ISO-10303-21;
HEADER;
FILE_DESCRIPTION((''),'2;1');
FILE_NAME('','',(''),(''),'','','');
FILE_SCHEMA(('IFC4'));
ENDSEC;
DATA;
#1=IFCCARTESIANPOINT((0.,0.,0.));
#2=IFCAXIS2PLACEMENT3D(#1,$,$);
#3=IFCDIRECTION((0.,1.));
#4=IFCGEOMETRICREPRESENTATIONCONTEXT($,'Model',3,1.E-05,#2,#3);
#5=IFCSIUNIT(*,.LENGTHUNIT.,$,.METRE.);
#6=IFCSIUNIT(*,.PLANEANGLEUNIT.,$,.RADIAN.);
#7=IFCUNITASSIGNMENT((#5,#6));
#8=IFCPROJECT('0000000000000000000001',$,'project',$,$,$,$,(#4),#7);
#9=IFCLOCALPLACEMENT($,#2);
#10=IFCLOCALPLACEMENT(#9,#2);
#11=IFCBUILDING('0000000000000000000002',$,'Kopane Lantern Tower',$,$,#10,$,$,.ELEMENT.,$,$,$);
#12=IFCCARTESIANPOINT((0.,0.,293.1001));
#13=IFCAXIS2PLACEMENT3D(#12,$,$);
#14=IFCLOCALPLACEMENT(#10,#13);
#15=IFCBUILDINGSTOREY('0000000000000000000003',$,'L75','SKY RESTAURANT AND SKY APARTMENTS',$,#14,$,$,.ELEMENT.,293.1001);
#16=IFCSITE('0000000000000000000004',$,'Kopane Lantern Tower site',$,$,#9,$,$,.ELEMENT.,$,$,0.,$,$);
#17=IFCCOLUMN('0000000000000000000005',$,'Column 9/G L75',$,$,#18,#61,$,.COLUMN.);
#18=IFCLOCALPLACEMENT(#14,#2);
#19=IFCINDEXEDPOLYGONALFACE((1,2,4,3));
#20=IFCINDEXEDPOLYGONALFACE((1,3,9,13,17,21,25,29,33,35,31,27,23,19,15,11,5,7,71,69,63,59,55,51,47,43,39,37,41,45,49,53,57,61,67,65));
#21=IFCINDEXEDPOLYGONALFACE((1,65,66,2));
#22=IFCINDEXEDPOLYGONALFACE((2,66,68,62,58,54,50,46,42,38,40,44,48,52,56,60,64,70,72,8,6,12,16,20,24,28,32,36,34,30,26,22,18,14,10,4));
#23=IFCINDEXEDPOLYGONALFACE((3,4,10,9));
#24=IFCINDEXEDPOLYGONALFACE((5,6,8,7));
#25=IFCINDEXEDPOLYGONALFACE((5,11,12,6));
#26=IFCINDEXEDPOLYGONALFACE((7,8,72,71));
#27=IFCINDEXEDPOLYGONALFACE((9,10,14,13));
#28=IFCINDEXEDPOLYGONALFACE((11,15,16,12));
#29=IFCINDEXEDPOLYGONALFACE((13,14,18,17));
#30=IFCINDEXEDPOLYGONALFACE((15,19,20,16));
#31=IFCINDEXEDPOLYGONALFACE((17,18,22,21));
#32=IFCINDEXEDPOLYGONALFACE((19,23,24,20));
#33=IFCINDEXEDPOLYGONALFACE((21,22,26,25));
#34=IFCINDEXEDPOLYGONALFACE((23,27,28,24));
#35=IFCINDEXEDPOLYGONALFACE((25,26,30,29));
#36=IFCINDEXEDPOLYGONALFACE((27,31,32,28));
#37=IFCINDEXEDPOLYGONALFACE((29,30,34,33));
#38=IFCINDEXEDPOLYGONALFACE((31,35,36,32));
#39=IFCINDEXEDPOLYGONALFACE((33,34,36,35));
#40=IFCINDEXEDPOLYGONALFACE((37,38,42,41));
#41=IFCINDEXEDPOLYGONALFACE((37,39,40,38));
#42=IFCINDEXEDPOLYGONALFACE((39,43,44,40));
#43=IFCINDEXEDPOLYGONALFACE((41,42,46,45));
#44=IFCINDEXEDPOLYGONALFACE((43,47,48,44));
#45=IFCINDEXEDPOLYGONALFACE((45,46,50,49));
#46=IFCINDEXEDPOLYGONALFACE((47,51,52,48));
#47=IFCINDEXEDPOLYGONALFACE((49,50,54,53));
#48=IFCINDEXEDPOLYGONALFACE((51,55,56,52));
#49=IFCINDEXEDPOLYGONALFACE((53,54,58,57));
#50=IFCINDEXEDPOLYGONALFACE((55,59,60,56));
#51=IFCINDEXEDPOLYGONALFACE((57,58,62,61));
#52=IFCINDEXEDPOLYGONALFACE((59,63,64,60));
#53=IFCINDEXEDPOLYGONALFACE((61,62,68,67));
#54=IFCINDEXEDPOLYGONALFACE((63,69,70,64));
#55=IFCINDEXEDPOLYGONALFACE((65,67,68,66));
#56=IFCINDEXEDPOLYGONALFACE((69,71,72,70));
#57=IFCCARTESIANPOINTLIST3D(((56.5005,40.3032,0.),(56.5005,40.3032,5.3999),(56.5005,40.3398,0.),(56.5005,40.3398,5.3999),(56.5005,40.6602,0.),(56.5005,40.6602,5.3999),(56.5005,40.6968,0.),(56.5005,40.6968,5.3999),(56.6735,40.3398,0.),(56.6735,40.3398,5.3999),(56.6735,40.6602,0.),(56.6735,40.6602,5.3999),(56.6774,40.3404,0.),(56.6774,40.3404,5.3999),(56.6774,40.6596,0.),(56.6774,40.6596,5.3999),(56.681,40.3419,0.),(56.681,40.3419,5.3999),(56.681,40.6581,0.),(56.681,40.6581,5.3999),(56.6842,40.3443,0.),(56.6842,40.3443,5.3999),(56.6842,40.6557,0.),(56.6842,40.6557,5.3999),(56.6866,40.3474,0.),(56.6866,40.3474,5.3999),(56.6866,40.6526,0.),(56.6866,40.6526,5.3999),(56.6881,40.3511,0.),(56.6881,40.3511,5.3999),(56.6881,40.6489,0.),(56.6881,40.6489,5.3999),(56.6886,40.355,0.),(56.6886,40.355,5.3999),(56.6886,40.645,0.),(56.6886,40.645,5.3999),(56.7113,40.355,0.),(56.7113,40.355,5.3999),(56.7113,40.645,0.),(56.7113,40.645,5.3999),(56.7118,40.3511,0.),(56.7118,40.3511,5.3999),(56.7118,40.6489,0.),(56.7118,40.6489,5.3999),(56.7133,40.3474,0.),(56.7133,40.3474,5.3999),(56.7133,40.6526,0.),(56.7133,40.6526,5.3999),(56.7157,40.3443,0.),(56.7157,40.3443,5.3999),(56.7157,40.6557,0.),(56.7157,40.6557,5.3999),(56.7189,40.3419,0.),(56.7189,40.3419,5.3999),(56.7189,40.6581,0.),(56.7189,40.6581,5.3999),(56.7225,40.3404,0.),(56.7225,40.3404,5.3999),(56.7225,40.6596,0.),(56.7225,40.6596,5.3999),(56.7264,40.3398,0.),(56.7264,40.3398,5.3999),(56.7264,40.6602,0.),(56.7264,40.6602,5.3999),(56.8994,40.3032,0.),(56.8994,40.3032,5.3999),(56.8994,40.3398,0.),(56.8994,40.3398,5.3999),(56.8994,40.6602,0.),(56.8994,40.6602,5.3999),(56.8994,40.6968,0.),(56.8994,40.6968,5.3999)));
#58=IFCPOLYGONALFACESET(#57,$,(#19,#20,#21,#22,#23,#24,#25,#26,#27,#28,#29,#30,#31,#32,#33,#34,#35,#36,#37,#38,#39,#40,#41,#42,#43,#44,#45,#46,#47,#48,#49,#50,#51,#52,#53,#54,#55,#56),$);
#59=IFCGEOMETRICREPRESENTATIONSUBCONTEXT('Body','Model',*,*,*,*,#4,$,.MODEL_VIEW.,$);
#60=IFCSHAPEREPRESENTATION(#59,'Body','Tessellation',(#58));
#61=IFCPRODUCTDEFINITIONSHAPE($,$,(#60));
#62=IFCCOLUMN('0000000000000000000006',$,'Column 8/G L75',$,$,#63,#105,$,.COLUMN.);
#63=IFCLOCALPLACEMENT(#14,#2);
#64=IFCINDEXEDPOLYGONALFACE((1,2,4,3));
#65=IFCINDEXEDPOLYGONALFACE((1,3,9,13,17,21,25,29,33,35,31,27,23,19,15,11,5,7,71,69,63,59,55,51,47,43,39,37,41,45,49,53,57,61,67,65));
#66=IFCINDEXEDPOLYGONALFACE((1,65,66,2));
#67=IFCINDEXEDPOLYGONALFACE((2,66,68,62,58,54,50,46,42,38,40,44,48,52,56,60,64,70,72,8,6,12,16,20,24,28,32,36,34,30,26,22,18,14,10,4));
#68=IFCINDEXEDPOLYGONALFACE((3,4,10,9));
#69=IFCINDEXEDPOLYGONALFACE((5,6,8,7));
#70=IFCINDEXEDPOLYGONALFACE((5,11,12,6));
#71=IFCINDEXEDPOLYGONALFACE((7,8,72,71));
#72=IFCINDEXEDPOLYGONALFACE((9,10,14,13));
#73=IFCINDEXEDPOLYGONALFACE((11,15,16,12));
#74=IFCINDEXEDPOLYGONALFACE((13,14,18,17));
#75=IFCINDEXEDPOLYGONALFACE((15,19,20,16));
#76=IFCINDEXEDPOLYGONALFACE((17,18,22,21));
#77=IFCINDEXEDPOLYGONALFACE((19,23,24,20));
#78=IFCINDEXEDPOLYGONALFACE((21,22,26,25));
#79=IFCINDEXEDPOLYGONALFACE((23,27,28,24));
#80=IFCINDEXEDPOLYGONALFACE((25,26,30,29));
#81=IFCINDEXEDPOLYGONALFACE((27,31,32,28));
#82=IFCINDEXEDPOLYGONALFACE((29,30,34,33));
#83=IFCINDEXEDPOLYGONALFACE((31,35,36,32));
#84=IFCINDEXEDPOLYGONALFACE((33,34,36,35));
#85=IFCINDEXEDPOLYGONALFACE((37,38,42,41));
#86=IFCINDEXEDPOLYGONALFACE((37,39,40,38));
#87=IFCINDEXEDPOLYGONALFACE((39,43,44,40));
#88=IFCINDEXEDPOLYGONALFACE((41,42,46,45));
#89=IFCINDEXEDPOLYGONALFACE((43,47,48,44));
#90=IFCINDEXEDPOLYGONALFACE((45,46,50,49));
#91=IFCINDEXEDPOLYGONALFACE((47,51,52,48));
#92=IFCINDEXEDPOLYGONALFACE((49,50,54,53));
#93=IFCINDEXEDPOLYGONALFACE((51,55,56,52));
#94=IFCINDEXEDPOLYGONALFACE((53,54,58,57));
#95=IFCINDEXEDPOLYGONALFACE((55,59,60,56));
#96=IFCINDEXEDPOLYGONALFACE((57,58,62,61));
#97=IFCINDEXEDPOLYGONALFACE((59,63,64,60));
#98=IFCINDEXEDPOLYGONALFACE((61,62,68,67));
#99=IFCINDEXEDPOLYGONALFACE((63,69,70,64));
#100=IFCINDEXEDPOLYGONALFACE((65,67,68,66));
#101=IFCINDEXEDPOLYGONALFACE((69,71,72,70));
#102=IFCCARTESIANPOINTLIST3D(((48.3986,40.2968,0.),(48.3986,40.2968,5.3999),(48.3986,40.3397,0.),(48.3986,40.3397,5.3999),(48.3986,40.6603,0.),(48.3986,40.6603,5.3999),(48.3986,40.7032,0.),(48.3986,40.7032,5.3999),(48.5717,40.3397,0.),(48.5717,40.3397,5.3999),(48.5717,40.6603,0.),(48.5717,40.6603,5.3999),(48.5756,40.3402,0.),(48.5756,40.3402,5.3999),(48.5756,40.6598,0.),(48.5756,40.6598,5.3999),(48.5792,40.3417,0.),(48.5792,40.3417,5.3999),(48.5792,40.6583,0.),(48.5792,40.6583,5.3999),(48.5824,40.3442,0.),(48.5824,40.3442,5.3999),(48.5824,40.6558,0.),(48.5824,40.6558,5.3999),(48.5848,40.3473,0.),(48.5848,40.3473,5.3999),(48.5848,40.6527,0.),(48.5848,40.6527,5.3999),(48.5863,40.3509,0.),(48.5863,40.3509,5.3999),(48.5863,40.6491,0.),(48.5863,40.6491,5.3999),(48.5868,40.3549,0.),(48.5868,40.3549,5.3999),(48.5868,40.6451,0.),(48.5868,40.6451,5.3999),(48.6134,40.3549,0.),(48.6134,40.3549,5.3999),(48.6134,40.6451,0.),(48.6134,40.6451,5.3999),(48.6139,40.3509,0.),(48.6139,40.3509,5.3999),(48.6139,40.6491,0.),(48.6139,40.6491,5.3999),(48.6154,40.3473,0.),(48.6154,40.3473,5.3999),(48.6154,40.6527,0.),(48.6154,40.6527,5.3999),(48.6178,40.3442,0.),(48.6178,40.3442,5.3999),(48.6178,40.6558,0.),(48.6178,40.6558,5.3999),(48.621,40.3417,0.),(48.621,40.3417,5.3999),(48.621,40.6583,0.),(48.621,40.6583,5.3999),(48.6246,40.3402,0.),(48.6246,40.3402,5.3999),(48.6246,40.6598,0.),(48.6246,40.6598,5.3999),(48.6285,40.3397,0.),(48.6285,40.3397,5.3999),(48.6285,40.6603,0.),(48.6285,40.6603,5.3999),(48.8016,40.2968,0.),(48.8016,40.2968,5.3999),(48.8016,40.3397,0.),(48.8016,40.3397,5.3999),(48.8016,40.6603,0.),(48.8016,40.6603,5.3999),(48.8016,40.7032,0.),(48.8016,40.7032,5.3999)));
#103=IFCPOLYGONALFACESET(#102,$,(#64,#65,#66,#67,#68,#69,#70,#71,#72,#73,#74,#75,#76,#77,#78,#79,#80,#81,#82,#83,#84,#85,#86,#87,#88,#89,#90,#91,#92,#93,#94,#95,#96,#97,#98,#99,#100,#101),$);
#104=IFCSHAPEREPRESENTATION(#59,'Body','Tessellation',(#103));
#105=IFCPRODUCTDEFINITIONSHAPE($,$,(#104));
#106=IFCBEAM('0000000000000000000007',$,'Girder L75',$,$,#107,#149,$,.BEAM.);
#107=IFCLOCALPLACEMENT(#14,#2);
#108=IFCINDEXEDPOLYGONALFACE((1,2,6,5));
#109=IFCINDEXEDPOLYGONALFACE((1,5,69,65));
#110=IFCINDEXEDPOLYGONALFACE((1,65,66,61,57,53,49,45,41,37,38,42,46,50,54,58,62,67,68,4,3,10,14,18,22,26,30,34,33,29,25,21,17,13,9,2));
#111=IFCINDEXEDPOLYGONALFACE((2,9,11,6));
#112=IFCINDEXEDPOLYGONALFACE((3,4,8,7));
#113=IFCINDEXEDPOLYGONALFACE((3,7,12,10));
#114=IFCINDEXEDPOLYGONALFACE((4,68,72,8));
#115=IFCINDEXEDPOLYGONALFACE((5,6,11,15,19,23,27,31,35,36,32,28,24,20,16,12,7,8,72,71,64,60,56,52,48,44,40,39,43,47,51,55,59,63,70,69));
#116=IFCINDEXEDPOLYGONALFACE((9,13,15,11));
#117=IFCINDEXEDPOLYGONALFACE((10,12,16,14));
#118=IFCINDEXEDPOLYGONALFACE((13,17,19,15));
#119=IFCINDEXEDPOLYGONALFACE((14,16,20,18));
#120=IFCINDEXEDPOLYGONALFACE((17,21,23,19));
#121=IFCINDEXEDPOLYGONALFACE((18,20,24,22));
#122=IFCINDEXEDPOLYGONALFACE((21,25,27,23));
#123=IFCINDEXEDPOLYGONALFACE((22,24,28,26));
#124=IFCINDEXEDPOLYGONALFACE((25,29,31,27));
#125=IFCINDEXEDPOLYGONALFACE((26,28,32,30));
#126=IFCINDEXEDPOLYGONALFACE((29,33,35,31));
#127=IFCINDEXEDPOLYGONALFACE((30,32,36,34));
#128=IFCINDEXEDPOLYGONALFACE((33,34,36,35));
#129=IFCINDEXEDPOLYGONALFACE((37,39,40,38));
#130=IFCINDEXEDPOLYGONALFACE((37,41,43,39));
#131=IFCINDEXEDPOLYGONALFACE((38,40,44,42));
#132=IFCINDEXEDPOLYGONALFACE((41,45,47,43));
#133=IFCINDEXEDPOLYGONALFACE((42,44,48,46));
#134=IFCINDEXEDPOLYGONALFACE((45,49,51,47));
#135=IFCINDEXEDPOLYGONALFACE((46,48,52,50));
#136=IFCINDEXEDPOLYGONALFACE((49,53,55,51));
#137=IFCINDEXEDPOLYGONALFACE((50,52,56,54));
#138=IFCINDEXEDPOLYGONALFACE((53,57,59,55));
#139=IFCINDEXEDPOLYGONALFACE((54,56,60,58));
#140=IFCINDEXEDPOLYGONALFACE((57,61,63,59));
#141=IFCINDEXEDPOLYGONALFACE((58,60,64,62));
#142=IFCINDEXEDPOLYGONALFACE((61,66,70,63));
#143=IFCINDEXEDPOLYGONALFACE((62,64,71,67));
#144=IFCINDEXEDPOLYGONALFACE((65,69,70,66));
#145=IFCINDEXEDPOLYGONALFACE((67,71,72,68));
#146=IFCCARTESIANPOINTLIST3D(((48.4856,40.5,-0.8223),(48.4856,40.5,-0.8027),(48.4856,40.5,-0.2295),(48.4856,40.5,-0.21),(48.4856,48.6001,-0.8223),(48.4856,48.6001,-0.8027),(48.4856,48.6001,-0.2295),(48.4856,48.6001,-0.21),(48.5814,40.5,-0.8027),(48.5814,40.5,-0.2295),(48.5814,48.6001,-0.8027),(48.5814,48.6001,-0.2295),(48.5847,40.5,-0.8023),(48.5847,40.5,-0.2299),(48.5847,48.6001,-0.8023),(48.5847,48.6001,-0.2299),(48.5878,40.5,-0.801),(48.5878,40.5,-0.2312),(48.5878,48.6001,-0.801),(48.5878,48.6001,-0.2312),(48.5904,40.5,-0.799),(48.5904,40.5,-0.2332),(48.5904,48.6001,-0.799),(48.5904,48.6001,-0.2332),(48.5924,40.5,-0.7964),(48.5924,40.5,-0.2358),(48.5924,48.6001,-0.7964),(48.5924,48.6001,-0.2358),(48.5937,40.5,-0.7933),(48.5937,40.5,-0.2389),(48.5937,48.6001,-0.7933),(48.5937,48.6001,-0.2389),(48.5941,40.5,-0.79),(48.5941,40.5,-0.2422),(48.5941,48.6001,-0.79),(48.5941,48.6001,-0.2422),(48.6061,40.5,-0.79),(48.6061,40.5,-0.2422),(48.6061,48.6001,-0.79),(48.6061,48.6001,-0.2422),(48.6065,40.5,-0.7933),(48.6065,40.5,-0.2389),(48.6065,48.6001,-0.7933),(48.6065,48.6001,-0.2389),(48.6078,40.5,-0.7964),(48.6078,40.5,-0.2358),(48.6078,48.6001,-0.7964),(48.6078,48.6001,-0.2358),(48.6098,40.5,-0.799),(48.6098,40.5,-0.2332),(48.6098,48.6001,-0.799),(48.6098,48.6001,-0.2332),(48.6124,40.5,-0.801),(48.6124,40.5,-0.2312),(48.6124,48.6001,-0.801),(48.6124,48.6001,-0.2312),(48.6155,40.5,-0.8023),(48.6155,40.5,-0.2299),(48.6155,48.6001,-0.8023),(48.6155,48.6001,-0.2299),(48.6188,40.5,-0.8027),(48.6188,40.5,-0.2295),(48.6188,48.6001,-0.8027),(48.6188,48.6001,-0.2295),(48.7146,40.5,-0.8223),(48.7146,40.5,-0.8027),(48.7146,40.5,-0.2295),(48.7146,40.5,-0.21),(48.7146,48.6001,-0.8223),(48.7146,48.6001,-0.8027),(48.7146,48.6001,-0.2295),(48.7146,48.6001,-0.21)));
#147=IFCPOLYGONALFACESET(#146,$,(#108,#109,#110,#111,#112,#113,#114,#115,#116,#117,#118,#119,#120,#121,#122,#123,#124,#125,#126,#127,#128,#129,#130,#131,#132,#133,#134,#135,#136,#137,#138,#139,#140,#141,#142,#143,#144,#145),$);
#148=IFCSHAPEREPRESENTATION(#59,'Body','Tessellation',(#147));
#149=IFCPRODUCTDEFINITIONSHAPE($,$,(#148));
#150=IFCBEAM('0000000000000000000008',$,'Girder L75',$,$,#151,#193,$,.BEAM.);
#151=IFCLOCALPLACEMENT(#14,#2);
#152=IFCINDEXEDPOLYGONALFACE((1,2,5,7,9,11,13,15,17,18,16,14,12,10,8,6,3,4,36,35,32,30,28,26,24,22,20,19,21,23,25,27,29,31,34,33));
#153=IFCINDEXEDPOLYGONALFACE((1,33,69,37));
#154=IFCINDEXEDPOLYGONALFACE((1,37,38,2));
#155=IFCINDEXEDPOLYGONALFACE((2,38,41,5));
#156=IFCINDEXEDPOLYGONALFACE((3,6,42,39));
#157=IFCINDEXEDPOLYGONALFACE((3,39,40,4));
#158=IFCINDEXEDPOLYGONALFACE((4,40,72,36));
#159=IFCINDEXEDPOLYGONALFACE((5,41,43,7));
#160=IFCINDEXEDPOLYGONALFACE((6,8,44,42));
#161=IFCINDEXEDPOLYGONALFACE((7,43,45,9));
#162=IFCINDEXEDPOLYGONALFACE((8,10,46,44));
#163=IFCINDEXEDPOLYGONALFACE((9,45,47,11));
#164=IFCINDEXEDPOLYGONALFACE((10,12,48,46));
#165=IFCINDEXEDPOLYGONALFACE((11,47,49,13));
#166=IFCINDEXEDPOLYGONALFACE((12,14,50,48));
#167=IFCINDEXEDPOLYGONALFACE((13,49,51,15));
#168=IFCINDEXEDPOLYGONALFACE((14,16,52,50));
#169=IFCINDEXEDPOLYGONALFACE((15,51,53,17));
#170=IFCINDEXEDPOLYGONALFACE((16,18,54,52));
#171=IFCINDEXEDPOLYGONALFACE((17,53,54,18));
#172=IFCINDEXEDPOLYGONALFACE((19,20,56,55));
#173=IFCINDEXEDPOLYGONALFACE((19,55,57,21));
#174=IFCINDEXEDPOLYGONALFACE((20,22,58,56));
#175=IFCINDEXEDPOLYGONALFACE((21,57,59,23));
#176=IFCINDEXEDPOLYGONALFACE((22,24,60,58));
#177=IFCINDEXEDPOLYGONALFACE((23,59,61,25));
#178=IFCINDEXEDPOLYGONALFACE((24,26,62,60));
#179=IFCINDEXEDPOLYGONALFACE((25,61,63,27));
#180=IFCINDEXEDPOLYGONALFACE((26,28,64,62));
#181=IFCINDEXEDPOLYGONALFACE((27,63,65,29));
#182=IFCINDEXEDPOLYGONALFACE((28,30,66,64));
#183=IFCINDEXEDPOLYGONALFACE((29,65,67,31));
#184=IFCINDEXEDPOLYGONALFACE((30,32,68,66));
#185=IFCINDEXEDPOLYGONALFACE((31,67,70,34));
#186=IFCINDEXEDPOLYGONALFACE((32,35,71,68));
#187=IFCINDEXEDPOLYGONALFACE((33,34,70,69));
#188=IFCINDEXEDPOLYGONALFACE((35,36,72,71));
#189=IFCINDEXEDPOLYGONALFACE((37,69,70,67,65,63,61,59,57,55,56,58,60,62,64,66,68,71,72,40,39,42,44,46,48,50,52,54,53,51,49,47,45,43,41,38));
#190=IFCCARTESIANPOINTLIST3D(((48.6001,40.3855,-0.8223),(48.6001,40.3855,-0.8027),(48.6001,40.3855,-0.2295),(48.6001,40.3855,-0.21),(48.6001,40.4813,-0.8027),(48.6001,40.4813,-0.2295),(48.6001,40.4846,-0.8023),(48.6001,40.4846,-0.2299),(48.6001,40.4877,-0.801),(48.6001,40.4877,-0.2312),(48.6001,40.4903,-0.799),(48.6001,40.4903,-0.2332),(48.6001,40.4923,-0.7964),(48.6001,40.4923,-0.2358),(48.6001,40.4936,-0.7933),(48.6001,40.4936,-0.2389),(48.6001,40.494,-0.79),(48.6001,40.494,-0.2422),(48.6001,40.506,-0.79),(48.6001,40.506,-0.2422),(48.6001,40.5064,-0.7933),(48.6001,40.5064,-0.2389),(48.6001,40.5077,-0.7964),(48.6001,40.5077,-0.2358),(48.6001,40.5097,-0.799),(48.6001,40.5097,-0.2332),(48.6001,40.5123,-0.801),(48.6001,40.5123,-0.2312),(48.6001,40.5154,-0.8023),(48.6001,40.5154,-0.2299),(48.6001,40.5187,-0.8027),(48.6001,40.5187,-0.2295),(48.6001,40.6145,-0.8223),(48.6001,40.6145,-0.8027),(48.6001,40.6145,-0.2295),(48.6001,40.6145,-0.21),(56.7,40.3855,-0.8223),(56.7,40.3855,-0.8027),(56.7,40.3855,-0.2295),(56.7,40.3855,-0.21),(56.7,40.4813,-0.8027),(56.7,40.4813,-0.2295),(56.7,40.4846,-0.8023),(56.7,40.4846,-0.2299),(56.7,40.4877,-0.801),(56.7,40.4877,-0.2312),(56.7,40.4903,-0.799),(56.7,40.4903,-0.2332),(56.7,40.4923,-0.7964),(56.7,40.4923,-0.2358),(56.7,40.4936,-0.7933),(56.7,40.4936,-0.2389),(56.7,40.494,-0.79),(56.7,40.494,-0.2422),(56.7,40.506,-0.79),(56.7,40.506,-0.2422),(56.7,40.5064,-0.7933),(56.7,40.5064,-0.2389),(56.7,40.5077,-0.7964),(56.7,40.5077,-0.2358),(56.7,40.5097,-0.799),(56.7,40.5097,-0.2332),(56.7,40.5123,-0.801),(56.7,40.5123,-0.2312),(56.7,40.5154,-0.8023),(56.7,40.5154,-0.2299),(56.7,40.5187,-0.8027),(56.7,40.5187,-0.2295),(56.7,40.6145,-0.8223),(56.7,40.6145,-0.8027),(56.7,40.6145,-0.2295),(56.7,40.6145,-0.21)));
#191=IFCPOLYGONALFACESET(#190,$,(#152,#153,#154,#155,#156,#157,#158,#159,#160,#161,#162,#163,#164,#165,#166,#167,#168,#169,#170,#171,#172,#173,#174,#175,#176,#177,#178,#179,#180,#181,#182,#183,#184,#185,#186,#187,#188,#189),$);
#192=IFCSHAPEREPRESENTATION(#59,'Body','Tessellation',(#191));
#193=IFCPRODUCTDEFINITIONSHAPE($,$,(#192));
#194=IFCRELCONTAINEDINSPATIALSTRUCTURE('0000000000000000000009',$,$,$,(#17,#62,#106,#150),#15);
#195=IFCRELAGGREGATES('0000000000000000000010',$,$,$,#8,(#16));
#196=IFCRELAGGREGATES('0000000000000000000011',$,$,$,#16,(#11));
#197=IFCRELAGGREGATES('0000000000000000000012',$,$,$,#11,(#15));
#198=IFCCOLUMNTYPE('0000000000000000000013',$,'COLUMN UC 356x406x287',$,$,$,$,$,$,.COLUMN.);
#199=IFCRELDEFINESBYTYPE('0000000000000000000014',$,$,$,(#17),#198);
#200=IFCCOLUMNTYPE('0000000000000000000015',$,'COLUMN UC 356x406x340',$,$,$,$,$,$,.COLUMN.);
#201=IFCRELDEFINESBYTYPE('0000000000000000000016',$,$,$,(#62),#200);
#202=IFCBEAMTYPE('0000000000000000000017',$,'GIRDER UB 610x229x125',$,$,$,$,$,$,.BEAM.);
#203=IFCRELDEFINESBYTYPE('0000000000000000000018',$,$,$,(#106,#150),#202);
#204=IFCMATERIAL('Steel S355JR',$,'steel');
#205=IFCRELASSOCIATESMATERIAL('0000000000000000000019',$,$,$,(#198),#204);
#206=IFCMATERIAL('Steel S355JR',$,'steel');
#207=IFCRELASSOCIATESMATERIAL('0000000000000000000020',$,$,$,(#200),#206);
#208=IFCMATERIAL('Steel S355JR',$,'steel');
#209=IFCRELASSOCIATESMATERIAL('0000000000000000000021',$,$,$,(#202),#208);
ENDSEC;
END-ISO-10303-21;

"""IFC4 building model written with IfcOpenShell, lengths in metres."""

from ifc_helpers import new_model, si_unit, direction, frame, origin, origin_2d, place, context, subcontext, project, spatial, i_section, extrude, material, material_profile, profile_set, type_object, element, save


model = new_model("IFC4")

# Units and contexts
model_context = context("Model", 3, precision=1e-05, world=origin(), true_north=direction((0.0, 1.0)))
body_context = subcontext(model_context, "Body", "Model", "MODEL_VIEW")
ifc_project = project(units=[si_unit("LENGTHUNIT", "METRE"), si_unit("PLANEANGLEUNIT", "RADIAN")], contexts=[model_context])

# Site, building, storey
site_placement = place(None, origin())
site = spatial("IfcSite", under=ifc_project, at=site_placement, Name="Kopane Lantern Tower site", CompositionType="ELEMENT", RefElevation=0.0)
building_placement = place(site_placement, origin())
building = spatial("IfcBuilding", under=site, at=building_placement, Name="Kopane Lantern Tower", CompositionType="ELEMENT")
storey_placement = place(building_placement, frame((0.0, 0.0, 293.1001)))
storey = spatial("IfcBuildingStorey", under=building, at=storey_placement, Name="L75", Description="SKY RESTAURANT AND SKY APARTMENTS", CompositionType="ELEMENT", Elevation=293.1001)

# Columns
ifc_material_1 = material(Name="Steel S355JR", Category="steel")
ifc_material_profile_1 = material_profile(ifc_material_1, i_section(OverallWidth=0.3989, OverallDepth=0.3936, WebThickness=0.0227, FlangeThickness=0.0366, FilletRadius=0.0151, at=origin_2d()), Name="UC 356x406x287")
ifc_profile_set_1 = profile_set([ifc_material_profile_1], Name="Steel S355JR")
column_type_1 = type_object("IfcColumnType", Name="COLUMN UC 356x406x287", PredefinedType="COLUMN", material=ifc_profile_set_1)
column_1_placement = place(storey_placement, frame((56.7, 40.5, 0.0), z_axis=(0.0, 0.0, 1.0), x_axis=(1.0, 0.0, 0.0)))
element("IfcColumn", 1, at=column_1_placement, inside=storey, type_object=column_type_1, Name="Column 9/G L75", PredefinedType="COLUMN", context=body_context, shape_type="SweptSolid", body=[
    extrude(i_section(OverallWidth=0.3989, OverallDepth=0.3936, WebThickness=0.0227, FlangeThickness=0.0366, FilletRadius=0.0151, at=origin_2d()), origin(), (0.0, 0.0, 1.0), 5.3999),
])
ifc_material_2 = material(Name="Steel S355JR", Category="steel")
ifc_material_profile_2 = material_profile(ifc_material_2, i_section(OverallWidth=0.4031, OverallDepth=0.4065, WebThickness=0.0266, FlangeThickness=0.043, FilletRadius=0.0151, at=origin_2d()), Name="UC 356x406x340")
ifc_profile_set_2 = profile_set([ifc_material_profile_2], Name="Steel S355JR")
column_type_2 = type_object("IfcColumnType", Name="COLUMN UC 356x406x340", PredefinedType="COLUMN", material=ifc_profile_set_2)
column_2_placement = place(storey_placement, frame((48.6001, 40.5, 0.0), z_axis=(0.0, 0.0, 1.0), x_axis=(1.0, 0.0, 0.0)))
element("IfcColumn", 2, at=column_2_placement, inside=storey, type_object=column_type_2, Name="Column 8/G L75", PredefinedType="COLUMN", context=body_context, shape_type="SweptSolid", body=[
    extrude(i_section(OverallWidth=0.4031, OverallDepth=0.4065, WebThickness=0.0266, FlangeThickness=0.043, FilletRadius=0.0151, at=origin_2d()), origin(), (0.0, 0.0, 1.0), 5.3999),
])

# Beams
ifc_material_3 = material(Name="Steel S355JR", Category="steel")
ifc_material_profile_3 = material_profile(ifc_material_3, i_section(OverallWidth=0.229, OverallDepth=0.6123, WebThickness=0.012, FlangeThickness=0.0195, FilletRadius=0.0127, at=origin_2d()), Name="UB 610x229x125")
ifc_profile_set_3 = profile_set([ifc_material_profile_3], Name="Steel S355JR")
beam_type = type_object("IfcBeamType", Name="GIRDER UB 610x229x125", PredefinedType="BEAM", material=ifc_profile_set_3)
beam_1_placement = place(storey_placement, frame((48.6001, 40.5, -0.5161), z_axis=(0.0, 1.0, 0.0), x_axis=(-1.0, 0.0, 0.0)))
element("IfcBeam", 3, at=beam_1_placement, inside=storey, type_object=beam_type, Name="Girder L75", PredefinedType="BEAM", context=body_context, shape_type="SweptSolid", body=[
    extrude(i_section(OverallWidth=0.229, OverallDepth=0.6123, WebThickness=0.012, FlangeThickness=0.0195, FilletRadius=0.0127, at=origin_2d()), origin(), (0.0, 0.0, 1.0), 8.1001),
])
beam_2_placement = place(storey_placement, frame((48.6001, 40.5, -0.5161), z_axis=(1.0, 0.0, 0.0), x_axis=(0.0, 1.0, 0.0)))
element("IfcBeam", 4, at=beam_2_placement, inside=storey, type_object=beam_type, Name="Girder L75", PredefinedType="BEAM", context=body_context, shape_type="SweptSolid", body=[
    extrude(i_section(OverallWidth=0.229, OverallDepth=0.6123, WebThickness=0.012, FlangeThickness=0.0195, FilletRadius=0.0127, at=origin_2d()), origin(), (0.0, 0.0, 1.0), 8.0999),
])

save(model, "model.ifc")
